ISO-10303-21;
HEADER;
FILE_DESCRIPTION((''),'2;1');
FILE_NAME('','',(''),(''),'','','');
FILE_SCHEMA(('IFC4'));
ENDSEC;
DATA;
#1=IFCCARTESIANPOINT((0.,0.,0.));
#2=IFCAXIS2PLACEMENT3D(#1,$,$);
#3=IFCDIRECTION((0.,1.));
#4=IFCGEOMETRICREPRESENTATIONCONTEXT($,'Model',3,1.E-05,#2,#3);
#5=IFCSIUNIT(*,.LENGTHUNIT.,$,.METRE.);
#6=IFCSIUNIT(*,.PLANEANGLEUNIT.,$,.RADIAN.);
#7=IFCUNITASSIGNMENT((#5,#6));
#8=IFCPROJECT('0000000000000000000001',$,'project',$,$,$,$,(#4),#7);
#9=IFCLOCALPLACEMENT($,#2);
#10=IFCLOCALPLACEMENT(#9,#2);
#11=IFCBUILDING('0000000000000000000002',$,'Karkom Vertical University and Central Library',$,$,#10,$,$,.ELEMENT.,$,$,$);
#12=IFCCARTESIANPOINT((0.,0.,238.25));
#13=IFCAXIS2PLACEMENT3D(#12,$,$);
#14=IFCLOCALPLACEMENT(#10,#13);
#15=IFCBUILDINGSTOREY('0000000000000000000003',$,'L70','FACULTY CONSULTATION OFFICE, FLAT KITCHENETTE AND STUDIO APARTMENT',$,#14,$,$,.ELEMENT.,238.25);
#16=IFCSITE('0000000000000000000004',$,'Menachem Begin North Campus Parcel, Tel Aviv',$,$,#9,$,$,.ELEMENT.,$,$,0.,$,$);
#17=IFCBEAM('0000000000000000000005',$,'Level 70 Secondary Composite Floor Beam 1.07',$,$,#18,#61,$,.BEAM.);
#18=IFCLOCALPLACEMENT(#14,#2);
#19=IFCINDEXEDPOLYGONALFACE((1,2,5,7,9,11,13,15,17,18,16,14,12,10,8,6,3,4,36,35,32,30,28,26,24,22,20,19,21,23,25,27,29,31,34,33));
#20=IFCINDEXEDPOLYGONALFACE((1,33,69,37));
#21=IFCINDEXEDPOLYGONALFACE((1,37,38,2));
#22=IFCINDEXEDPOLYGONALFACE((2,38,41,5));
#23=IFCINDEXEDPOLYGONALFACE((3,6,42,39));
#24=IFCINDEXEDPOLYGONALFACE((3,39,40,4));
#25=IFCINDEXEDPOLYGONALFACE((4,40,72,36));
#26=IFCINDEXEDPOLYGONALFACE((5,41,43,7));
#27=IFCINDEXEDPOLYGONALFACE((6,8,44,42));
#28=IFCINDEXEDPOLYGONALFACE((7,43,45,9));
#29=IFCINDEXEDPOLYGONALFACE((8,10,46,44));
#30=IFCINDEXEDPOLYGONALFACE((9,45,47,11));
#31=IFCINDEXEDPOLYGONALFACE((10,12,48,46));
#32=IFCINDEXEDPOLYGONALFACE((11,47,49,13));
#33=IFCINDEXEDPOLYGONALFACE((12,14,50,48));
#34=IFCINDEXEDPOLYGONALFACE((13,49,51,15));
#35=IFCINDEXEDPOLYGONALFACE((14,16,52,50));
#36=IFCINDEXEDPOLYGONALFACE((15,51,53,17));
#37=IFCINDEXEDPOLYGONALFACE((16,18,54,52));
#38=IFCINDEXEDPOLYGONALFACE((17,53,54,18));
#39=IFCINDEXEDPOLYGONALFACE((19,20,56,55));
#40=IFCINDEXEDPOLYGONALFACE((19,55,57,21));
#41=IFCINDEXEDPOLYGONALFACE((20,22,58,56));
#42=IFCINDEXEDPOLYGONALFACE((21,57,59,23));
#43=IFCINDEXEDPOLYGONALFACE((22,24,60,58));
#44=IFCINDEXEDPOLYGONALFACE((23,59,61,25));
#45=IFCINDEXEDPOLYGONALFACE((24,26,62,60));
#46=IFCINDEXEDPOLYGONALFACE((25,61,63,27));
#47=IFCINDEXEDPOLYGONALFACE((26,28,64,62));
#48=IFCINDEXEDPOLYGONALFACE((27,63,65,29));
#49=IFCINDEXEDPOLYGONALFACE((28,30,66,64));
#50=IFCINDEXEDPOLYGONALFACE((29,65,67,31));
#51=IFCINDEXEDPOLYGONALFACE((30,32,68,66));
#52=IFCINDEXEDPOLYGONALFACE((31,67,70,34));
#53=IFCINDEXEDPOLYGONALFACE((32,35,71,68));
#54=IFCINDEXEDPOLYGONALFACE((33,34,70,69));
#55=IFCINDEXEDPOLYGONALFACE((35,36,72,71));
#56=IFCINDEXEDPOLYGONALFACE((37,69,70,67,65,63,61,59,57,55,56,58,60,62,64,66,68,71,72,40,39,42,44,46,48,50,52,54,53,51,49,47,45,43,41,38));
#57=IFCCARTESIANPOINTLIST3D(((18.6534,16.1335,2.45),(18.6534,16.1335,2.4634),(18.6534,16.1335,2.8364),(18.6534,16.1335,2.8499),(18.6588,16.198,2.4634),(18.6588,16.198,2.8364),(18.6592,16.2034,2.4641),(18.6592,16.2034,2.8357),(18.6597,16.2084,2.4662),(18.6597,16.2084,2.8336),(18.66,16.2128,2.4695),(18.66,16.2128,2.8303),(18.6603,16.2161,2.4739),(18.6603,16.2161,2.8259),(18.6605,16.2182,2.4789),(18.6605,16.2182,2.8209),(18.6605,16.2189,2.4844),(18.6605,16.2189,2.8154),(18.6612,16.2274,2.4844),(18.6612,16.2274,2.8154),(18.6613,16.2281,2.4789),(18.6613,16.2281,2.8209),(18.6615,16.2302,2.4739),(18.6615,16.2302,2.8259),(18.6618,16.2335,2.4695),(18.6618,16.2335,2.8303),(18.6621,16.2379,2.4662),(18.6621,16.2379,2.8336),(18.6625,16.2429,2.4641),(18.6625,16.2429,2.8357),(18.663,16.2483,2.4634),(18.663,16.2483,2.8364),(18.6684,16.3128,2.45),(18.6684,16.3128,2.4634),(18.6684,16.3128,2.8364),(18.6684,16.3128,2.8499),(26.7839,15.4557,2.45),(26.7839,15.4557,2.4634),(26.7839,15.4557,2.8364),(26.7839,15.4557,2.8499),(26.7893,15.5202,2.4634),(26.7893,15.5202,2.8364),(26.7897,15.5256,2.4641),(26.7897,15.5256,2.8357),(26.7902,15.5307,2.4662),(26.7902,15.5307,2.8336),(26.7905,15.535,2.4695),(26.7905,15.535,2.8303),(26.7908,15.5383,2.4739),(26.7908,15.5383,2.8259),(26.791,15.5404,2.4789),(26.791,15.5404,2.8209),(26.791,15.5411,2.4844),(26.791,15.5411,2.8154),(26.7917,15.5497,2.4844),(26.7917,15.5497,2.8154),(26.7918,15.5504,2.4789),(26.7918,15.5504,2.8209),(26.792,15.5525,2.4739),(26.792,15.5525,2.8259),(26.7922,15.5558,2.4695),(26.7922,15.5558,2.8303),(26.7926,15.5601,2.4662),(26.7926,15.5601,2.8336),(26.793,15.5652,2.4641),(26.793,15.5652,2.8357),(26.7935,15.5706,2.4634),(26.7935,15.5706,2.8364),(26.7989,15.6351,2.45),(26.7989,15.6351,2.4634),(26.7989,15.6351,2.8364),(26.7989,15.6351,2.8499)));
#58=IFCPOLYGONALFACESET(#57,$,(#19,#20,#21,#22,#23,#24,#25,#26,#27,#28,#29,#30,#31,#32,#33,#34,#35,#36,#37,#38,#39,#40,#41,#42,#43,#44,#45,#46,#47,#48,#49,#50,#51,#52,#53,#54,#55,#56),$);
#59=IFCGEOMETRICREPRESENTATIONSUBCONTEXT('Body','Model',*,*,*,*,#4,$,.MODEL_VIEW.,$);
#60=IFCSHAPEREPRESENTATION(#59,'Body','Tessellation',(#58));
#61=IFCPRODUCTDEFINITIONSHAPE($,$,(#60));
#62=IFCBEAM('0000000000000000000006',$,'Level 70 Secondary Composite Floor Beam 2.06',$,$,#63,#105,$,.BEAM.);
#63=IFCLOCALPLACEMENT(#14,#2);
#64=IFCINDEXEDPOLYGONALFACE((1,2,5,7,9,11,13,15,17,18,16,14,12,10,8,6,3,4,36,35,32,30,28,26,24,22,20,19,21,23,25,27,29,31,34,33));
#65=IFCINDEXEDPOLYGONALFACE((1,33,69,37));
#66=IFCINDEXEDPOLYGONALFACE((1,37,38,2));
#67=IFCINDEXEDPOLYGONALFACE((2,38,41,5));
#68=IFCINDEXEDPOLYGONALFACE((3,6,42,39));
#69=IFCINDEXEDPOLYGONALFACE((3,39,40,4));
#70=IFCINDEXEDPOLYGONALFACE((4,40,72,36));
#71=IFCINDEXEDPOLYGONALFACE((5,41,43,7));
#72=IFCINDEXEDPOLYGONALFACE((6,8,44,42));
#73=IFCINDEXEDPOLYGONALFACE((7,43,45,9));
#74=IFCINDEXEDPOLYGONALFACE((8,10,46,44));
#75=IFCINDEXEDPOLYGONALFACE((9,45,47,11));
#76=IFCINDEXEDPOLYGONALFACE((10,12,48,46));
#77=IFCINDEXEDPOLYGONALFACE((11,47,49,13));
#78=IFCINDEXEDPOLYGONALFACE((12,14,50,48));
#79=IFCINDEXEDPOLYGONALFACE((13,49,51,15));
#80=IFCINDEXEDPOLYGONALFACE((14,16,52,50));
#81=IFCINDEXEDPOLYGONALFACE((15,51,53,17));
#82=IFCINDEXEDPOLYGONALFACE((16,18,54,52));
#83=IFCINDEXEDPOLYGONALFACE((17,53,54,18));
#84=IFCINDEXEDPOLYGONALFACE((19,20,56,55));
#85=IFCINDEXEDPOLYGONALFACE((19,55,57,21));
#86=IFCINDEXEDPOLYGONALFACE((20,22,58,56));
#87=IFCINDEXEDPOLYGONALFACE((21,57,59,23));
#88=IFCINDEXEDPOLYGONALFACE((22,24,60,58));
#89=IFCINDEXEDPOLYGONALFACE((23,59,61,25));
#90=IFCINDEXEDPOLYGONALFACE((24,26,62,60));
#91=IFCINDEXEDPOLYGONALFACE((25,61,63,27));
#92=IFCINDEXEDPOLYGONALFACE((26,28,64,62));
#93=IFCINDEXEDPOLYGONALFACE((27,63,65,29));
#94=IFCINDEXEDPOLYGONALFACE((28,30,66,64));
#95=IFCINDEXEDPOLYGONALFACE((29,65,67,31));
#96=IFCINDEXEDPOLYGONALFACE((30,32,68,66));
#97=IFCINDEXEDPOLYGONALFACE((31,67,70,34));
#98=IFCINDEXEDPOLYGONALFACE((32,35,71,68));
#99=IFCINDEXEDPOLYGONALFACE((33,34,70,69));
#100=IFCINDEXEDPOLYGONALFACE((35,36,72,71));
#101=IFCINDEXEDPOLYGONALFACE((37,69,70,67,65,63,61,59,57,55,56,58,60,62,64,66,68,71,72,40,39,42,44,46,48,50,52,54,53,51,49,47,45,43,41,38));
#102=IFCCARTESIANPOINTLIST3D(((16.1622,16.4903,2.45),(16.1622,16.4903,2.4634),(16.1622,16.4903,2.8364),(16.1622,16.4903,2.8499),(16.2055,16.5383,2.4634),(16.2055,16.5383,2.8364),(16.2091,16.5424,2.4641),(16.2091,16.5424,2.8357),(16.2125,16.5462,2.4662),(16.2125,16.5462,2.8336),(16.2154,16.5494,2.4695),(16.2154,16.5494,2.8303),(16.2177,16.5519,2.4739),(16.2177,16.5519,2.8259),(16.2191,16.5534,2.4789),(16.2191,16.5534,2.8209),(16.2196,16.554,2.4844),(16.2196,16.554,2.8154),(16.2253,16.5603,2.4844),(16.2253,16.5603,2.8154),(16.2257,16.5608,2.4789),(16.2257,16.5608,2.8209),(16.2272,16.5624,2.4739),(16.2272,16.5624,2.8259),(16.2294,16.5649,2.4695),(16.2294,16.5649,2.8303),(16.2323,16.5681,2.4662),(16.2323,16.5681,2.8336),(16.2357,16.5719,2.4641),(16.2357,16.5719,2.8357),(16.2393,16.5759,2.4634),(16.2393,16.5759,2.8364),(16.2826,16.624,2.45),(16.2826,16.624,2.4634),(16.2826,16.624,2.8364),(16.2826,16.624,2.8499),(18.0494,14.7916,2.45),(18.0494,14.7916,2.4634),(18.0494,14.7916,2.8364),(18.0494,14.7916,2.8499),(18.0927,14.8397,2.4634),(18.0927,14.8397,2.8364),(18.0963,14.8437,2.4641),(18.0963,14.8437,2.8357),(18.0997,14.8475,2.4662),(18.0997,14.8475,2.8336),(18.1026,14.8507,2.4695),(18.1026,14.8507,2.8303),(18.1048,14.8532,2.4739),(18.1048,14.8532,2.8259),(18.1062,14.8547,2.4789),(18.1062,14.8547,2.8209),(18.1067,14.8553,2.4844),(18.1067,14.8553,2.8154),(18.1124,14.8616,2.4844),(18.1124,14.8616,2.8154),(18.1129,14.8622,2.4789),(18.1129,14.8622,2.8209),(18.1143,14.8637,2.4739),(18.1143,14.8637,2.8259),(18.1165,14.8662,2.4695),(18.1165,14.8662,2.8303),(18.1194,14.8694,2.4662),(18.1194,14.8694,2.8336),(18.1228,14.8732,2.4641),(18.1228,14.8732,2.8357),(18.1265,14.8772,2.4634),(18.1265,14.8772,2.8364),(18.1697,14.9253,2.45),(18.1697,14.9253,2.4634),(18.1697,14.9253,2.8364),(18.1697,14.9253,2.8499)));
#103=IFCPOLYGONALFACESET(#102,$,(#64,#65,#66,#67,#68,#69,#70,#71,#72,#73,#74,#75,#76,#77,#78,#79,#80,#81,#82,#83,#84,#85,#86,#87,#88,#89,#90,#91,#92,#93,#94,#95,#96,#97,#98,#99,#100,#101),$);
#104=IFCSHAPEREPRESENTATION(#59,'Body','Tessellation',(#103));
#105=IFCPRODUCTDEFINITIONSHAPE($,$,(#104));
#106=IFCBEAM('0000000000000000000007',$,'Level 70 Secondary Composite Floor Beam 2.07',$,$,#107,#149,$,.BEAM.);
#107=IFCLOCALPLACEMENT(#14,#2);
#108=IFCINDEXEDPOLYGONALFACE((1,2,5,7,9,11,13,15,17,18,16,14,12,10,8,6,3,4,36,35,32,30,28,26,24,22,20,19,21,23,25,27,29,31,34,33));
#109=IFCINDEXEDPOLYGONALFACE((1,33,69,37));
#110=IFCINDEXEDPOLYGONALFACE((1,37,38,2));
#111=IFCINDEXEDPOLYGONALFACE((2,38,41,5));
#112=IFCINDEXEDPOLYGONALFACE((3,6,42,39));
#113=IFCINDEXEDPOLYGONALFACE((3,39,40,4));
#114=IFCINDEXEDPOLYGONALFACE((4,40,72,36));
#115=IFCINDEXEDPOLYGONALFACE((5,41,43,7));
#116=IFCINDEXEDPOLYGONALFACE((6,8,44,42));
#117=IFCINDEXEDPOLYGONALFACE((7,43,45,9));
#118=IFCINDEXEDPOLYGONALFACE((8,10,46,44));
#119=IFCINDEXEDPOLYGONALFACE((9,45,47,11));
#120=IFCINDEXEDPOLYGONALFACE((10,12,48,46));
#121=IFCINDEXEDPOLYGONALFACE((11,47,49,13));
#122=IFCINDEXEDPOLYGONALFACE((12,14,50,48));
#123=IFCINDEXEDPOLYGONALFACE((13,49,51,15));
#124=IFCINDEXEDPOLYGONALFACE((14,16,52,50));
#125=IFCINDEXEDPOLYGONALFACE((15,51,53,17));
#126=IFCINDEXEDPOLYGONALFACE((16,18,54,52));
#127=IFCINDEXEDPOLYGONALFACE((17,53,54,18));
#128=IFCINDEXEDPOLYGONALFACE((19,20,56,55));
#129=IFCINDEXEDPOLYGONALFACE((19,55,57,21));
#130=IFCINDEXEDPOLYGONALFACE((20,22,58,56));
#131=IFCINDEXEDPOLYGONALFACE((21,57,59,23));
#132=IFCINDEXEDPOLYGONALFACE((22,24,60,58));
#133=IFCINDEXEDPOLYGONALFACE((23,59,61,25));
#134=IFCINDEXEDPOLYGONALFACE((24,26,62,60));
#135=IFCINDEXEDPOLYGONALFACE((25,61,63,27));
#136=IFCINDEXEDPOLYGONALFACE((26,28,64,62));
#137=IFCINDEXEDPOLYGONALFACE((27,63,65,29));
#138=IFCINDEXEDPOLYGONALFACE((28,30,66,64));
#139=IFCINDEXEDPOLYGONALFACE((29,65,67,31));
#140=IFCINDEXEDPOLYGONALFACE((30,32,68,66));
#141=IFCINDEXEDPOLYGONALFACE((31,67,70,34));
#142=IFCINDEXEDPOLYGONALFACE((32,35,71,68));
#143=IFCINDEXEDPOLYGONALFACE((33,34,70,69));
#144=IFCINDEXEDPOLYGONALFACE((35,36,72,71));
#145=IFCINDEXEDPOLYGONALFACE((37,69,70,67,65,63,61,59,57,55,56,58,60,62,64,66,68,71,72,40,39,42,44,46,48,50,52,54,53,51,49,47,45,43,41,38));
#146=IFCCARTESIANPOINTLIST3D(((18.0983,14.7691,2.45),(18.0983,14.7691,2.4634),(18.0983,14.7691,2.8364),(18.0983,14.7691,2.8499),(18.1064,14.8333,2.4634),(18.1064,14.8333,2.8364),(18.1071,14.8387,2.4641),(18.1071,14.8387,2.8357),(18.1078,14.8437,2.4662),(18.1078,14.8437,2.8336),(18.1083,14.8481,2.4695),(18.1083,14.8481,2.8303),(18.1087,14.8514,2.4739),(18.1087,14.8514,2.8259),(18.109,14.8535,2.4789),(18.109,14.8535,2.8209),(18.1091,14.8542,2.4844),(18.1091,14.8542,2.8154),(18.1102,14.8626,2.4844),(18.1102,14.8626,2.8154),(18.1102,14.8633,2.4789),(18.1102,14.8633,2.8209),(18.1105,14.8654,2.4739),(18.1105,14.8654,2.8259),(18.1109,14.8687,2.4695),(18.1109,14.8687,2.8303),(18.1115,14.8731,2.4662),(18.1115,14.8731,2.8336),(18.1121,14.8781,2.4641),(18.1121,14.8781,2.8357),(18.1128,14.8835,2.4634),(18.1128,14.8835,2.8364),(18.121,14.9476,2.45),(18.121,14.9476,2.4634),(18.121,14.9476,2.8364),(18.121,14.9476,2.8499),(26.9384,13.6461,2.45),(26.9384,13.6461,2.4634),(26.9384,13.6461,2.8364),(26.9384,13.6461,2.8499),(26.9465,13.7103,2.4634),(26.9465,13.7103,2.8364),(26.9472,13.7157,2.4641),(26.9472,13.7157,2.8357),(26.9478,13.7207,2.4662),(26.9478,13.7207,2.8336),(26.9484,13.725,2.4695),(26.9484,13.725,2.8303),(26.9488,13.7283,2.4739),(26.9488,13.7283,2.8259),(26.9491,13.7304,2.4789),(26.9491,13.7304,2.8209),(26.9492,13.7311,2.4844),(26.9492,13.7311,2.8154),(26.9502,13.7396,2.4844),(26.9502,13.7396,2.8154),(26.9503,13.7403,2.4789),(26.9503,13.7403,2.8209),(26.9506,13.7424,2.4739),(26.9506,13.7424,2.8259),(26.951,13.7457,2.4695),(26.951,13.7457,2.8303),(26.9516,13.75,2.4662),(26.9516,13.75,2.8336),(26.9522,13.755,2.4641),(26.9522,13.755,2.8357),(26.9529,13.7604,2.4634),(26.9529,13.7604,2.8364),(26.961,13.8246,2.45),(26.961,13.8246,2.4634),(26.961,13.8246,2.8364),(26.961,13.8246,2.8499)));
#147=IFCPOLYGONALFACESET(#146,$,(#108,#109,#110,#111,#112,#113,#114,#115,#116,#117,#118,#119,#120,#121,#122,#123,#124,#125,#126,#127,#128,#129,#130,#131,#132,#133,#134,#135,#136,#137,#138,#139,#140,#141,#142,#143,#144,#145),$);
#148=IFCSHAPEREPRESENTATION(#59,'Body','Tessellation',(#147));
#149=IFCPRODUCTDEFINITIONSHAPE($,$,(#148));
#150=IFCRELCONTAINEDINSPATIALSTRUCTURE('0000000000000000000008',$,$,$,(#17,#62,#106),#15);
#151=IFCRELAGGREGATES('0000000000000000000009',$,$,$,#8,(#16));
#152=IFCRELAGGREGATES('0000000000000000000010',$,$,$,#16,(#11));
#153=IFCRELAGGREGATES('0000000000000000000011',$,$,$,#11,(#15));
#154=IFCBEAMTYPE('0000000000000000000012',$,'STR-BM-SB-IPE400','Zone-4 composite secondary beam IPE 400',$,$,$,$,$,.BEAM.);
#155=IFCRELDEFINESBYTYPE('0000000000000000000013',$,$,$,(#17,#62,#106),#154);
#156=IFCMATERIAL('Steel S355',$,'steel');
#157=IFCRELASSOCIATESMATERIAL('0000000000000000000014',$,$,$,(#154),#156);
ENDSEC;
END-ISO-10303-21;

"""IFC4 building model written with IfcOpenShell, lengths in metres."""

from ifc_helpers import new_model, si_unit, direction, frame, origin, origin_with_axes, origin_2d, place, context, subcontext, project, spatial, i_section, extrude, source, transform, mapped, material, material_profile, profile_set, type_object, element, save


model = new_model("IFC4")

# Units and contexts
model_context = context("Model", 3, precision=1e-05, world=origin(), true_north=direction((0.0, 1.0)))
body_context = subcontext(model_context, "Body", "Model", "MODEL_VIEW")
ifc_project = project(units=[si_unit("LENGTHUNIT", "METRE"), si_unit("PLANEANGLEUNIT", "RADIAN")], contexts=[model_context])

# Site, building, storey
site_placement = place(None, origin())
site = spatial("IfcSite", under=ifc_project, at=site_placement, Name="Menachem Begin North Campus Parcel, Tel Aviv", CompositionType="ELEMENT", RefElevation=0.0)
building_placement = place(site_placement, origin())
building = spatial("IfcBuilding", under=site, at=building_placement, Name="Karkom Vertical University and Central Library", CompositionType="ELEMENT")
storey_placement = place(building_placement, frame((0.0, 0.0, 238.25)))
storey = spatial("IfcBuildingStorey", under=building, at=storey_placement, Name="L70", Description="FACULTY CONSULTATION OFFICE, FLAT KITCHENETTE AND STUDIO APARTMENT", CompositionType="ELEMENT", Elevation=238.25)

# Beams
ifc_material_1 = material(Name="Steel S355", Category="steel")
ifc_material_profile_1 = material_profile(ifc_material_1, i_section(OverallWidth=0.1799, OverallDepth=0.3999, WebThickness=0.0085, FlangeThickness=0.0134, FilletRadius=0.021, at=origin_2d()), Name="IPE 400")
ifc_profile_set_1 = profile_set([ifc_material_profile_1], Name="Steel S355")
beam_type_1 = type_object("IfcBeamType", Name="STR-BM-SB-IPE400", Description="Zone-4 composite secondary beam IPE 400", PredefinedType="BEAM", material=ifc_profile_set_1)
shared_shape_1 = source(origin_with_axes(), body_context, "Body", "SweptSolid", [
    extrude(i_section(OverallWidth=0.1799, OverallDepth=0.3999, WebThickness=0.0085, FlangeThickness=0.0134, FilletRadius=0.021, at=origin_2d()), origin(), (0.0, 0.0, 1.0), 8.1587),
])
beam_1_placement = place(storey_placement, frame((18.6609, 16.2231, 2.6499), z_axis=(0.996544, -0.08307, 0.0), x_axis=(0.08307, 0.996544, 0.0)))
element("IfcBeam", 1, at=beam_1_placement, inside=storey, type_object=beam_type_1, Name="Level 70 Secondary Composite Floor Beam 1.07", PredefinedType="BEAM", context=body_context, shape_type="MappedRepresentation", body=[
    mapped(shared_shape_1, transform((0.0, 0.0, 0.0), scale=1.0)),
])
shared_shape_2 = source(origin_with_axes(), body_context, "Body", "SweptSolid", [
    extrude(i_section(OverallWidth=0.1799, OverallDepth=0.3999, WebThickness=0.0085, FlangeThickness=0.0134, FilletRadius=0.021, at=origin_2d()), origin(), (0.0, 0.0, 1.0), 2.5391),
])
beam_2_placement = place(storey_placement, frame((16.2224, 16.5571, 2.6499), z_axis=(0.743246, -0.669018, 0.0), x_axis=(0.669018, 0.743246, 0.0)))
element("IfcBeam", 2, at=beam_2_placement, inside=storey, type_object=beam_type_1, Name="Level 70 Secondary Composite Floor Beam 2.06", PredefinedType="BEAM", context=body_context, shape_type="MappedRepresentation", body=[
    mapped(shared_shape_2, transform((0.0, 0.0, 0.0), scale=1.0)),
])
shared_shape_3 = source(origin_with_axes(), body_context, "Body", "SweptSolid", [
    extrude(i_section(OverallWidth=0.1799, OverallDepth=0.3999, WebThickness=0.0085, FlangeThickness=0.0134, FilletRadius=0.021, at=origin_2d()), origin(), (0.0, 0.0, 1.0), 8.9111),
])
beam_3_placement = place(storey_placement, frame((18.1096, 14.8584, 2.6499), z_axis=(0.992027, -0.126027, 0.0), x_axis=(0.126027, 0.992027, 0.0)))
element("IfcBeam", 3, at=beam_3_placement, inside=storey, type_object=beam_type_1, Name="Level 70 Secondary Composite Floor Beam 2.07", PredefinedType="BEAM", context=body_context, shape_type="MappedRepresentation", body=[
    mapped(shared_shape_3, transform((0.0, 0.0, 0.0), scale=1.0)),
])

save(model, "model.ifc")
